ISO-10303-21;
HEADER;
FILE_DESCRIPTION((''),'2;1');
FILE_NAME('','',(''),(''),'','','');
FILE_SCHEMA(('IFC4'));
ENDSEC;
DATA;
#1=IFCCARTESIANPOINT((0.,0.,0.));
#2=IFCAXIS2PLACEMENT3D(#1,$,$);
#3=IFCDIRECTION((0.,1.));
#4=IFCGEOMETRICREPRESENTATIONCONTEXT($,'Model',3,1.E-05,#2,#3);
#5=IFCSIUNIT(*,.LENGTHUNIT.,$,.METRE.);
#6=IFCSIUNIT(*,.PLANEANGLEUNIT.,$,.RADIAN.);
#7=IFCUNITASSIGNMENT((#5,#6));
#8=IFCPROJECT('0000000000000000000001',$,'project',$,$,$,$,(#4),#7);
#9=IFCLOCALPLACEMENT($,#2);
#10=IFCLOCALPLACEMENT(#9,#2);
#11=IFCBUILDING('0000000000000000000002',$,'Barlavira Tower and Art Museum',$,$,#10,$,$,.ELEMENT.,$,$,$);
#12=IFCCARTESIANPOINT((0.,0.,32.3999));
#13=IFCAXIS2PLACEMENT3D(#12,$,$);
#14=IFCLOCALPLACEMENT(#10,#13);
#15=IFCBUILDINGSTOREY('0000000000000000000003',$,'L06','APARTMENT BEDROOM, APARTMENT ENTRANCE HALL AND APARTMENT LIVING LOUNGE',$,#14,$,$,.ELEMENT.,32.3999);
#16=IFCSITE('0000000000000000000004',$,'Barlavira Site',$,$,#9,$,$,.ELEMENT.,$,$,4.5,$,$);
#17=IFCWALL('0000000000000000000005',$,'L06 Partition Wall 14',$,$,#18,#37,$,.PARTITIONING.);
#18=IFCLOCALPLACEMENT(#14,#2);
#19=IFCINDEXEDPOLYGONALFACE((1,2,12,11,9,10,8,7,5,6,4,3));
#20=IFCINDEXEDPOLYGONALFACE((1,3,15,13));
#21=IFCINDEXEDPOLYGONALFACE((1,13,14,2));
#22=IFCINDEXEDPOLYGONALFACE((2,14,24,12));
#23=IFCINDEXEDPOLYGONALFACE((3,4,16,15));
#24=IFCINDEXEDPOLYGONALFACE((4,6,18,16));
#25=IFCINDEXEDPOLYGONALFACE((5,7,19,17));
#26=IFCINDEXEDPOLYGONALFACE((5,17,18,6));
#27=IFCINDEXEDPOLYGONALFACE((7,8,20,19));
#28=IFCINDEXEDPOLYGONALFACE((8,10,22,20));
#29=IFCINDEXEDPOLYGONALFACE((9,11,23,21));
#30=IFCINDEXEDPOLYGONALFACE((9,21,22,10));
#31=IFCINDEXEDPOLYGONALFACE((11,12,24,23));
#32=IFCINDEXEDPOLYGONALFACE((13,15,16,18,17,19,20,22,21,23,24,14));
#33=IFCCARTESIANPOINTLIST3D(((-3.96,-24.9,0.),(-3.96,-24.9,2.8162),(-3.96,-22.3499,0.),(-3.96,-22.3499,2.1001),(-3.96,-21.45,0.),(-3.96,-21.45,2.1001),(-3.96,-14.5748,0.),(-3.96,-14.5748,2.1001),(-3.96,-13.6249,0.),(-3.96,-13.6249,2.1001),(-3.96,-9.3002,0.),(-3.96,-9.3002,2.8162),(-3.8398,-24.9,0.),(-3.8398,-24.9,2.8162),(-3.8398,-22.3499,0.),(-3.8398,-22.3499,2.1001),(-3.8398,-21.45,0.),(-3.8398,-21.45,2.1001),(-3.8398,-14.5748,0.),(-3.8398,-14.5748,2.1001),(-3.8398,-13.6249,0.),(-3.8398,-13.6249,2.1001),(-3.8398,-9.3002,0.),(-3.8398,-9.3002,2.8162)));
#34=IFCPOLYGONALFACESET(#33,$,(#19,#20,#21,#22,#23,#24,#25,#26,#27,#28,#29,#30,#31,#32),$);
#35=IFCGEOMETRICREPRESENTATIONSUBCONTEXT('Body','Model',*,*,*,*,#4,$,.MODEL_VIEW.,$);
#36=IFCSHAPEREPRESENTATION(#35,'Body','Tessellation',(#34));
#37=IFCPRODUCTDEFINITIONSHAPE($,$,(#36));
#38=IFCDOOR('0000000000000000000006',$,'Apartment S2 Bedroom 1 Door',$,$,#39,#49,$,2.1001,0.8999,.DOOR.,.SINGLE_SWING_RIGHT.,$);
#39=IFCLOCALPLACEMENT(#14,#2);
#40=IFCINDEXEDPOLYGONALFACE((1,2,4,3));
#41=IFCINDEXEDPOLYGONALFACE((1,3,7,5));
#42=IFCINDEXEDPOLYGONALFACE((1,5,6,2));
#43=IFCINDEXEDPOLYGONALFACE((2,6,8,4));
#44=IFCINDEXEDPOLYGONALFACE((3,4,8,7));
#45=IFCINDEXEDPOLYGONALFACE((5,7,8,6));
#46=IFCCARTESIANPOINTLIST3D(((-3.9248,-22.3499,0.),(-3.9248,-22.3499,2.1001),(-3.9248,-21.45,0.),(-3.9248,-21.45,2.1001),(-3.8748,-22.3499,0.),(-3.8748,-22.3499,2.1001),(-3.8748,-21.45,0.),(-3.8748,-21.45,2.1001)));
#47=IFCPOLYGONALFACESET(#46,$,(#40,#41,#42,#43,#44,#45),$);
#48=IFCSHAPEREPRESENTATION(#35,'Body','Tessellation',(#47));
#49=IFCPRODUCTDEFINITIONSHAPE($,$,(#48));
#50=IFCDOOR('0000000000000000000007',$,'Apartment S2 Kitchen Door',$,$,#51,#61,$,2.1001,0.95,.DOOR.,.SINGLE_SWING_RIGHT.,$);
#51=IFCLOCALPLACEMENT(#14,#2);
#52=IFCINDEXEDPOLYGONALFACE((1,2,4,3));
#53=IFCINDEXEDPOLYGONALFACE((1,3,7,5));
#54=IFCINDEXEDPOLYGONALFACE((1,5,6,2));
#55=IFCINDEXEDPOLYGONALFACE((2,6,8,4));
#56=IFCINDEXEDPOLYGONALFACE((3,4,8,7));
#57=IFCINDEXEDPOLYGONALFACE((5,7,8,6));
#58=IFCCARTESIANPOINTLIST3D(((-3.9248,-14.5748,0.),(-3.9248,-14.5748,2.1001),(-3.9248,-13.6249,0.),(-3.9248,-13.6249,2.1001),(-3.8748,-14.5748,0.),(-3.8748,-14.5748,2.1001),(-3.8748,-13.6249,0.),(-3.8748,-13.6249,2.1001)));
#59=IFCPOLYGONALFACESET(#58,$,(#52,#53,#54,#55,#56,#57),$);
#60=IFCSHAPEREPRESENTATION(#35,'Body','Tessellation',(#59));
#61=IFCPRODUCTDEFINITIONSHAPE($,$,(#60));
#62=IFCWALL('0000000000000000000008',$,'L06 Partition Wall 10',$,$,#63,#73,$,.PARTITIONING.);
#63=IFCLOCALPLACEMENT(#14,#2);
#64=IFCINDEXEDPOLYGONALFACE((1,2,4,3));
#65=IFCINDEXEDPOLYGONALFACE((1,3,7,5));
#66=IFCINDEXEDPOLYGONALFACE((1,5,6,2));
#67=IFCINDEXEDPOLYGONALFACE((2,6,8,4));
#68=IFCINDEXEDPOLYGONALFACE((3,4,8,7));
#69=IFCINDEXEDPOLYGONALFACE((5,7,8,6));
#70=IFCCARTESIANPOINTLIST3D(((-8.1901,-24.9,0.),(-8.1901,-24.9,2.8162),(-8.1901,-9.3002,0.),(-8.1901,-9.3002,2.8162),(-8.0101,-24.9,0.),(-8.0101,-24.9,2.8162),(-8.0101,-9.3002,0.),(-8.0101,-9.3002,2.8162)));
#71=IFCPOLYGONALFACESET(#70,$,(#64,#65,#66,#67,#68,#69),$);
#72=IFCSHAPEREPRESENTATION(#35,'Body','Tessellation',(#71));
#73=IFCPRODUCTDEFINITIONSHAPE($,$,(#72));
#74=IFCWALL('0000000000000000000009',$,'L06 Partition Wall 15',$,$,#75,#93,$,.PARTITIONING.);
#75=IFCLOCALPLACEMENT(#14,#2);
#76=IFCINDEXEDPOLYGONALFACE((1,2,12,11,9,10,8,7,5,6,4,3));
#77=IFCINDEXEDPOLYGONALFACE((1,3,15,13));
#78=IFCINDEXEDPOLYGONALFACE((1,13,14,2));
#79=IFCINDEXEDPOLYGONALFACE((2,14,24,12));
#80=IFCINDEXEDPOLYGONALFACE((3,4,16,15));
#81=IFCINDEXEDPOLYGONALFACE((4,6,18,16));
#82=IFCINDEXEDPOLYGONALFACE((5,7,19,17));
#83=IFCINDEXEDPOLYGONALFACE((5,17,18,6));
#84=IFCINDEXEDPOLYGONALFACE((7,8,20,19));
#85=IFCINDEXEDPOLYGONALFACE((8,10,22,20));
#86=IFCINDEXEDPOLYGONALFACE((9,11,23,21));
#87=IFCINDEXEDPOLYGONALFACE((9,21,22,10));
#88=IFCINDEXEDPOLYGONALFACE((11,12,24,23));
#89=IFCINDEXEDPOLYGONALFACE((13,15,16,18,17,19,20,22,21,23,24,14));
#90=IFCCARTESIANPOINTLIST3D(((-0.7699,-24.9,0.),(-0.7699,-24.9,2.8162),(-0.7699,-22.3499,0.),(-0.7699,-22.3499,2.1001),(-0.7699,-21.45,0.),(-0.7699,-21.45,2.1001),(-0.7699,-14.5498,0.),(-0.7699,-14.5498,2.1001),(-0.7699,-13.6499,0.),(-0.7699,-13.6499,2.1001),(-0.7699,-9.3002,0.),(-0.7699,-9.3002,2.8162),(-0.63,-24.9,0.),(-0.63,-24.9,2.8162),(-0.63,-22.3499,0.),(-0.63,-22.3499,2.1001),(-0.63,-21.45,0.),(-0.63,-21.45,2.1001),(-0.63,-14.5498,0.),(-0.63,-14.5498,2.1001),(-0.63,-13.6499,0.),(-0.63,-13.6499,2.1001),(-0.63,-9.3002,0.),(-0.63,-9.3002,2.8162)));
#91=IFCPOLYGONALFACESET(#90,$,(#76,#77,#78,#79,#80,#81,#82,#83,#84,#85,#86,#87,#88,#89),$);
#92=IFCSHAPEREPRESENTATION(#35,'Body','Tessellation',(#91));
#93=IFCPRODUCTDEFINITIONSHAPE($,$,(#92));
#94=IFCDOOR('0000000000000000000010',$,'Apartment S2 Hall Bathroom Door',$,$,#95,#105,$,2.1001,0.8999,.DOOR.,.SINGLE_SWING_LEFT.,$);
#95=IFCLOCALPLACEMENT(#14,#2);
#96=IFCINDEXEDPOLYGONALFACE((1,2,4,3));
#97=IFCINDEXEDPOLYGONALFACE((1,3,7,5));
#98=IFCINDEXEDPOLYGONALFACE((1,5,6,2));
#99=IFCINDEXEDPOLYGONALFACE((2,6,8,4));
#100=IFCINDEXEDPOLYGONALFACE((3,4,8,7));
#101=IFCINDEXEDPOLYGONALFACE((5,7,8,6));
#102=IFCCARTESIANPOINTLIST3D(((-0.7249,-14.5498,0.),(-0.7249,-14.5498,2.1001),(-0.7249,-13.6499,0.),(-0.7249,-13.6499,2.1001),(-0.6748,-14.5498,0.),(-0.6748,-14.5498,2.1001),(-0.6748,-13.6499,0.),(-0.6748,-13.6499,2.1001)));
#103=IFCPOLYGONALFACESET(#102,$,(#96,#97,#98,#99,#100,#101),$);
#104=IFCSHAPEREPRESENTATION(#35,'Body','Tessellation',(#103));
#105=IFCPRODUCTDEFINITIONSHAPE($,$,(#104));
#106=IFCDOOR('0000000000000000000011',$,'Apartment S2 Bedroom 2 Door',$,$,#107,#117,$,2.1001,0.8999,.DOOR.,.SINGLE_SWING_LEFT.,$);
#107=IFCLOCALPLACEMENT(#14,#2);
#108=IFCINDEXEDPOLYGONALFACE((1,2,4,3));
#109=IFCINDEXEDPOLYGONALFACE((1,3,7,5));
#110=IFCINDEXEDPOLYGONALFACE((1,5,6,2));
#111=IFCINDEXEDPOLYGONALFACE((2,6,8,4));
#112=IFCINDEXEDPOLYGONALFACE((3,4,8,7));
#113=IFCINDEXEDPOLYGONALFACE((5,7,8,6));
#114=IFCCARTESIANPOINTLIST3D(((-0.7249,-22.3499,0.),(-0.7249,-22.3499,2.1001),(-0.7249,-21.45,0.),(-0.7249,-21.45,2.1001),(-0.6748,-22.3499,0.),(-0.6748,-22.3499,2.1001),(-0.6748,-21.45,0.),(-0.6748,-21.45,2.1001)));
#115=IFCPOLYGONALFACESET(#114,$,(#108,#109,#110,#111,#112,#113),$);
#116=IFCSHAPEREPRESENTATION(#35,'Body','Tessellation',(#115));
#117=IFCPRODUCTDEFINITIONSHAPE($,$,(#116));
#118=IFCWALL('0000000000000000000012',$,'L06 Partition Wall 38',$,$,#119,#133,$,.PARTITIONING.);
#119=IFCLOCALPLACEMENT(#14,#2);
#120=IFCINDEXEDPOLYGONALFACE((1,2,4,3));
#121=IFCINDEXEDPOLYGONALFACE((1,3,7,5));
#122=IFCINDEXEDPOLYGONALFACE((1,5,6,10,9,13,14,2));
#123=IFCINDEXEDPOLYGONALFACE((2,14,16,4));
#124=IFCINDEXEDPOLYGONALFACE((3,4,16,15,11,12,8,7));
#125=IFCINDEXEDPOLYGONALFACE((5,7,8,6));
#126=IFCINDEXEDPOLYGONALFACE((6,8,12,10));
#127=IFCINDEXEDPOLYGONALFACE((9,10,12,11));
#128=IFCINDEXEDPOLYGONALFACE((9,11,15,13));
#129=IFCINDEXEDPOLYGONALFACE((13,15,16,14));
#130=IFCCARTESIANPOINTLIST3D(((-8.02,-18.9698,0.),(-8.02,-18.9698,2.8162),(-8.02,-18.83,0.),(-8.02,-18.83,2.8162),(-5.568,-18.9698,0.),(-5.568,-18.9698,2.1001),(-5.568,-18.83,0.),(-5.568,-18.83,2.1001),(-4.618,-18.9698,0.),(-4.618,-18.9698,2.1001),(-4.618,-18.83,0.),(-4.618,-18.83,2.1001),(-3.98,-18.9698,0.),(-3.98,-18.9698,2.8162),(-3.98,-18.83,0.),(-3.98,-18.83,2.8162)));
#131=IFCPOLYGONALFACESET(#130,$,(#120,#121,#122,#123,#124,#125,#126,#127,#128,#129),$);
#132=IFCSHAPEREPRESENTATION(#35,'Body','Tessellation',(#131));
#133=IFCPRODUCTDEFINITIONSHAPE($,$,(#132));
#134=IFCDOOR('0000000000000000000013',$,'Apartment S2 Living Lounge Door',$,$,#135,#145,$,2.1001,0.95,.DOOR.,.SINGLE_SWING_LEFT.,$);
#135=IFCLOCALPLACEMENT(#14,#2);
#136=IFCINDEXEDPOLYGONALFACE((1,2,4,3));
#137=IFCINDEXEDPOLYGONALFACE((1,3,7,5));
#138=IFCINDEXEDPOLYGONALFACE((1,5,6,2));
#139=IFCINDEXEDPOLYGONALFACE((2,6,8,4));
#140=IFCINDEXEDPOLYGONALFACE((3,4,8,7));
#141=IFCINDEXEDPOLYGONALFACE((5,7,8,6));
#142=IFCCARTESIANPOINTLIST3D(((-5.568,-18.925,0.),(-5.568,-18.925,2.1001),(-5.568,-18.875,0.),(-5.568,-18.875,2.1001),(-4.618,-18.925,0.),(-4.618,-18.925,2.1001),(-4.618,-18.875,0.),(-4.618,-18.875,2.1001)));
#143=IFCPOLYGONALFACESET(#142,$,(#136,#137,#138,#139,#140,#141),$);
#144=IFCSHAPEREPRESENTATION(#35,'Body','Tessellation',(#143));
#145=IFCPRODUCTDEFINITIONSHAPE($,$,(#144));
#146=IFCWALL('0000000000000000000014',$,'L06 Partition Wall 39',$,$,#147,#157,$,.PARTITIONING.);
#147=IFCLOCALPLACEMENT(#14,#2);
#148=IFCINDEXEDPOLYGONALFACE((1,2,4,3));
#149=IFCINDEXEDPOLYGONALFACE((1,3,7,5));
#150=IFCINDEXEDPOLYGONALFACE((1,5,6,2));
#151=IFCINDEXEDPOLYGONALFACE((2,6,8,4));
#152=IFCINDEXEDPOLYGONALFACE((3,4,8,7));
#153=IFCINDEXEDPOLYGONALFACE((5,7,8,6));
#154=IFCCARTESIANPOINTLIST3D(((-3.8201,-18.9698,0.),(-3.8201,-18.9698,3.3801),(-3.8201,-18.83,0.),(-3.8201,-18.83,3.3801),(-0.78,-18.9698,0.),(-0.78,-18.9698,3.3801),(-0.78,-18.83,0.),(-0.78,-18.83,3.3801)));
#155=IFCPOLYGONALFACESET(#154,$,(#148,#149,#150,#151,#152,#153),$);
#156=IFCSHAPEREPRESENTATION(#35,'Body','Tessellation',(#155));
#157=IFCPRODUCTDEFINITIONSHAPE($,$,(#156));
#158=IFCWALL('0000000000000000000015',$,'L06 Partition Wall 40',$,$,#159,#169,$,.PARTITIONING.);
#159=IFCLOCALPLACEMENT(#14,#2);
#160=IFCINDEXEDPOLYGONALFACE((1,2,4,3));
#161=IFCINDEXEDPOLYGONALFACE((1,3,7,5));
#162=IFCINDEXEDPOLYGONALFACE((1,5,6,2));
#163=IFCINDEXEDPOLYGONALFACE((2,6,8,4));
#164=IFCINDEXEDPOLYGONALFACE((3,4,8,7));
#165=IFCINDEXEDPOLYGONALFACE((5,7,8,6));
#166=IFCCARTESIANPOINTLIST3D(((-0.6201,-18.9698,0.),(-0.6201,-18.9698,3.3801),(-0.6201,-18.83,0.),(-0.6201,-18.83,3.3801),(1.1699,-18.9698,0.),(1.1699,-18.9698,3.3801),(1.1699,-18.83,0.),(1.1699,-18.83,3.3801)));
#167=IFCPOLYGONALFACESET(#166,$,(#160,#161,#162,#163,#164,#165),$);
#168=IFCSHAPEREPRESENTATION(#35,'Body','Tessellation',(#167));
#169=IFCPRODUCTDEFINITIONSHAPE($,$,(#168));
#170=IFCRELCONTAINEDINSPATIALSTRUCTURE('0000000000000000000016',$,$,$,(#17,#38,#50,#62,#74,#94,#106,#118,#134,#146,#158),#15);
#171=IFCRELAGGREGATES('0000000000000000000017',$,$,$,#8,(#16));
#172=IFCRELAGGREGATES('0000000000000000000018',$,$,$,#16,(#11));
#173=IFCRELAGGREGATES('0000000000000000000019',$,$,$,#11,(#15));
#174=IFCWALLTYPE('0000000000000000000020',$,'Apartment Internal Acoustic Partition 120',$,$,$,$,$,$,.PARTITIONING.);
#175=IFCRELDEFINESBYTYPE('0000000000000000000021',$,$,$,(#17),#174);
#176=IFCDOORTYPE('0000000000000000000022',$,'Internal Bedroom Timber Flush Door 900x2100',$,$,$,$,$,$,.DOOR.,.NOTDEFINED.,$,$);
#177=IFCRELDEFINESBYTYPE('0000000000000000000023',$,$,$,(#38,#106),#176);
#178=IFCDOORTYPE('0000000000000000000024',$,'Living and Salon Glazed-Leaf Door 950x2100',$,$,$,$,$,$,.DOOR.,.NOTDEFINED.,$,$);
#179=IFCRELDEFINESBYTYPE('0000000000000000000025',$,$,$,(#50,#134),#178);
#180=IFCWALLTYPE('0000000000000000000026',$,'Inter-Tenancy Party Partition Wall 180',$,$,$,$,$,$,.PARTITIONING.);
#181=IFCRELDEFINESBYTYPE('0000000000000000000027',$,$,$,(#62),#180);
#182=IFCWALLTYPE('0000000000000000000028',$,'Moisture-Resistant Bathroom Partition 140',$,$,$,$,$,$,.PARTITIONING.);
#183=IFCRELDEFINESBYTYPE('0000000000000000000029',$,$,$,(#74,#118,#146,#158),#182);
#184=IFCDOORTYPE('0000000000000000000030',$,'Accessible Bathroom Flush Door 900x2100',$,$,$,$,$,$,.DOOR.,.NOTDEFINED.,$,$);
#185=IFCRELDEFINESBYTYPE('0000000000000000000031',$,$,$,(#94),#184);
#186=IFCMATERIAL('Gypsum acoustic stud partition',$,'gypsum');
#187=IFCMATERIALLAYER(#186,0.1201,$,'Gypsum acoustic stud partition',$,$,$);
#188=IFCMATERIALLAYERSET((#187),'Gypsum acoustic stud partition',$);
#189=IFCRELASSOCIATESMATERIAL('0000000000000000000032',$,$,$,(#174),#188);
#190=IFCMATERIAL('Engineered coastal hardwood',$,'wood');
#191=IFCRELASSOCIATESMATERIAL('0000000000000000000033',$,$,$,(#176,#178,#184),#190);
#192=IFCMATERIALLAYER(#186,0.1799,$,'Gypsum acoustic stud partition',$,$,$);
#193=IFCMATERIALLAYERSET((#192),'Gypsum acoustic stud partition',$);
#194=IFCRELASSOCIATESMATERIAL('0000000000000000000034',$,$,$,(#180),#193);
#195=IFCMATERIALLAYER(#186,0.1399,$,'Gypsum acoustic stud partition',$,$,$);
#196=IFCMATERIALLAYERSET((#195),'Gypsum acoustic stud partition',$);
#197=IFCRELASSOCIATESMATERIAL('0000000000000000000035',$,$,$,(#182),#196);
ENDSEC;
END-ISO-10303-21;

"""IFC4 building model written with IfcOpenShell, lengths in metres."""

from ifc_helpers import new_model, si_unit, direction, frame, frame_2d, origin, place, context, subcontext, project, spatial, rectangle, extrude, material, layer, layer_set, type_object, element, fill, save


model = new_model("IFC4")

# Units and contexts
model_context = context("Model", 3, precision=1e-05, world=origin(), true_north=direction((0.0, 1.0)))
body_context = subcontext(model_context, "Body", "Model", "MODEL_VIEW")
ifc_project = project(units=[si_unit("LENGTHUNIT", "METRE"), si_unit("PLANEANGLEUNIT", "RADIAN")], contexts=[model_context])

# Site, building, storey
site_placement = place(None, origin())
site = spatial("IfcSite", under=ifc_project, at=site_placement, Name="Barlavira Site", CompositionType="ELEMENT", RefElevation=4.5)
building_placement = place(site_placement, origin())
building = spatial("IfcBuilding", under=site, at=building_placement, Name="Barlavira Tower and Art Museum", CompositionType="ELEMENT")
storey_placement = place(building_placement, frame((0.0, 0.0, 32.3999)))
storey = spatial("IfcBuildingStorey", under=building, at=storey_placement, Name="L06", Description="APARTMENT BEDROOM, APARTMENT ENTRANCE HALL AND APARTMENT LIVING LOUNGE", CompositionType="ELEMENT", Elevation=32.3999)

# Wall, openings, doors
ifc_material_1 = material(Name="Gypsum acoustic stud partition", Category="gypsum")
ifc_layer_1 = layer(ifc_material_1, 0.1201, Name="Gypsum acoustic stud partition")
ifc_layer_set_1 = layer_set([ifc_layer_1], Name="Gypsum acoustic stud partition")
wall_type_1 = type_object("IfcWallType", Name="Apartment Internal Acoustic Partition 120", PredefinedType="PARTITIONING", material=ifc_layer_set_1)
wall_1_placement = place(storey_placement, frame((-3.8999, -24.8999, 0.0), z_axis=(0.0, 0.0, 1.0), x_axis=(0.0, 1.0, 0.0)))
wall_1 = element("IfcWall", 1, at=wall_1_placement, inside=storey, type_object=wall_type_1, Name="L06 Partition Wall 14", PredefinedType="PARTITIONING", context=body_context, shape_type="SweptSolid", body=[
    extrude(rectangle(XDim=15.5999, YDim=0.1201, at=frame_2d((7.7998, 0.0))), origin(), (0.0, 0.0, 1.0), 2.8162),
])
opening_1_placement = place(wall_1_placement, frame((10.325, 0.0, 0.0)))
opening_1 = element("IfcOpeningElement", 2, at=opening_1_placement, cuts=wall_1, PredefinedType="OPENING", context=body_context, shape_type="SweptSolid", body=[
    extrude(rectangle(XDim=0.95, YDim=2.1001, at=frame_2d((0.4751, 1.05))), frame((0.0, 0.0701, 0.0), z_axis=(0.0, -1.0, 0.0), x_axis=(1.0, 0.0, 0.0)), (0.0, 0.0, 1.0), 0.1401),
])
opening_2_placement = place(wall_1_placement, frame((2.55, 0.0, 0.0)))
opening_2 = element("IfcOpeningElement", 3, at=opening_2_placement, cuts=wall_1, PredefinedType="OPENING", context=body_context, shape_type="SweptSolid", body=[
    extrude(rectangle(XDim=0.8999, YDim=2.1001, at=frame_2d((0.45, 1.05))), frame((0.0, 0.0701, 0.0), z_axis=(0.0, -1.0, 0.0), x_axis=(1.0, 0.0, 0.0)), (0.0, 0.0, 1.0), 0.1401),
])
ifc_material_2 = material(Name="Engineered coastal hardwood", Category="wood")
door_type_1 = type_object("IfcDoorType", Name="Internal Bedroom Timber Flush Door 900x2100", OperationType="NOTDEFINED", PredefinedType="DOOR", material=ifc_material_2)
door_1_placement = place(opening_2_placement, origin())
door_1 = element("IfcDoor", 4, at=door_1_placement, inside=storey, type_object=door_type_1, Name="Apartment S2 Bedroom 1 Door", OperationType="SINGLE_SWING_RIGHT", OverallHeight=2.1001, OverallWidth=0.8999, PredefinedType="DOOR", context=body_context, shape_type="SweptSolid", body=[
    extrude(rectangle(XDim=0.8999, YDim=2.1001, at=frame_2d((0.45, 1.05))), frame((0.0, 0.0249, 0.0), z_axis=(0.0, -1.0, 0.0), x_axis=(1.0, 0.0, 0.0)), (0.0, 0.0, 1.0), 0.05),
])
fill(opening_2, door_1)
door_type_2 = type_object("IfcDoorType", Name="Living and Salon Glazed-Leaf Door 950x2100", OperationType="NOTDEFINED", PredefinedType="DOOR", material=ifc_material_2)
door_2_placement = place(opening_1_placement, origin())
door_2 = element("IfcDoor", 5, at=door_2_placement, inside=storey, type_object=door_type_2, Name="Apartment S2 Kitchen Door", OperationType="SINGLE_SWING_RIGHT", OverallHeight=2.1001, OverallWidth=0.95, PredefinedType="DOOR", context=body_context, shape_type="SweptSolid", body=[
    extrude(rectangle(XDim=0.95, YDim=2.1001, at=frame_2d((0.4751, 1.05))), frame((0.0, 0.0249, 0.0), z_axis=(0.0, -1.0, 0.0), x_axis=(1.0, 0.0, 0.0)), (0.0, 0.0, 1.0), 0.05),
])
fill(opening_1, door_2)

# Wall
ifc_layer_2 = layer(ifc_material_1, 0.1799, Name="Gypsum acoustic stud partition")
ifc_layer_set_2 = layer_set([ifc_layer_2], Name="Gypsum acoustic stud partition")
wall_type_2 = type_object("IfcWallType", Name="Inter-Tenancy Party Partition Wall 180", PredefinedType="PARTITIONING", material=ifc_layer_set_2)
wall_2_placement = place(storey_placement, frame((-8.1001, -24.8999, 0.0), z_axis=(0.0, 0.0, 1.0), x_axis=(0.0, 1.0, 0.0)))
element("IfcWall", 6, at=wall_2_placement, inside=storey, type_object=wall_type_2, Name="L06 Partition Wall 10", PredefinedType="PARTITIONING", context=body_context, shape_type="SweptSolid", body=[
    extrude(rectangle(XDim=15.5999, YDim=0.1799, at=frame_2d((7.7998, 0.0))), origin(), (0.0, 0.0, 1.0), 2.8162),
])

# Wall, openings, doors
ifc_layer_3 = layer(ifc_material_1, 0.1399, Name="Gypsum acoustic stud partition")
ifc_layer_set_3 = layer_set([ifc_layer_3], Name="Gypsum acoustic stud partition")
wall_type_3 = type_object("IfcWallType", Name="Moisture-Resistant Bathroom Partition 140", PredefinedType="PARTITIONING", material=ifc_layer_set_3)
wall_3_placement = place(storey_placement, frame((-0.7, -24.8999, 0.0), z_axis=(0.0, 0.0, 1.0), x_axis=(0.0, 1.0, 0.0)))
wall_3 = element("IfcWall", 7, at=wall_3_placement, inside=storey, type_object=wall_type_3, Name="L06 Partition Wall 15", PredefinedType="PARTITIONING", context=body_context, shape_type="SweptSolid", body=[
    extrude(rectangle(XDim=15.5999, YDim=0.1399, at=frame_2d((7.7998, 0.0))), origin(), (0.0, 0.0, 1.0), 2.8162),
])
opening_3_placement = place(wall_3_placement, frame((10.3501, 0.0, 0.0)))
opening_3 = element("IfcOpeningElement", 8, at=opening_3_placement, cuts=wall_3, PredefinedType="OPENING", context=body_context, shape_type="SweptSolid", body=[
    extrude(rectangle(XDim=0.8999, YDim=2.1001, at=frame_2d((0.45, 1.05))), frame((0.0, 0.0801, 0.0), z_axis=(0.0, -1.0, 0.0), x_axis=(1.0, 0.0, 0.0)), (0.0, 0.0, 1.0), 0.1599),
])
opening_4_placement = place(wall_3_placement, frame((2.55, 0.0, 0.0)))
opening_4 = element("IfcOpeningElement", 9, at=opening_4_placement, cuts=wall_3, PredefinedType="OPENING", context=body_context, shape_type="SweptSolid", body=[
    extrude(rectangle(XDim=0.8999, YDim=2.1001, at=frame_2d((0.45, 1.05))), frame((0.0, 0.0801, 0.0), z_axis=(0.0, -1.0, 0.0), x_axis=(1.0, 0.0, 0.0)), (0.0, 0.0, 1.0), 0.1599),
])
door_type_3 = type_object("IfcDoorType", Name="Accessible Bathroom Flush Door 900x2100", OperationType="NOTDEFINED", PredefinedType="DOOR", material=ifc_material_2)
door_3_placement = place(opening_3_placement, origin())
door_3 = element("IfcDoor", 10, at=door_3_placement, inside=storey, type_object=door_type_3, Name="Apartment S2 Hall Bathroom Door", OperationType="SINGLE_SWING_LEFT", OverallHeight=2.1001, OverallWidth=0.8999, PredefinedType="DOOR", context=body_context, shape_type="SweptSolid", body=[
    extrude(rectangle(XDim=0.8999, YDim=2.1001, at=frame_2d((0.45, 1.05))), frame((0.0, 0.0249, 0.0), z_axis=(0.0, -1.0, 0.0), x_axis=(1.0, 0.0, 0.0)), (0.0, 0.0, 1.0), 0.05),
])
fill(opening_3, door_3)
door_4_placement = place(opening_4_placement, origin())
door_4 = element("IfcDoor", 11, at=door_4_placement, inside=storey, type_object=door_type_1, Name="Apartment S2 Bedroom 2 Door", OperationType="SINGLE_SWING_LEFT", OverallHeight=2.1001, OverallWidth=0.8999, PredefinedType="DOOR", context=body_context, shape_type="SweptSolid", body=[
    extrude(rectangle(XDim=0.8999, YDim=2.1001, at=frame_2d((0.45, 1.05))), frame((0.0, 0.0249, 0.0), z_axis=(0.0, -1.0, 0.0), x_axis=(1.0, 0.0, 0.0)), (0.0, 0.0, 1.0), 0.05),
])
fill(opening_4, door_4)

# Wall, opening, door
wall_4_placement = place(storey_placement, frame((-8.02, -18.8999, 0.0), z_axis=(0.0, 0.0, 1.0), x_axis=(1.0, 0.0, 0.0)))
wall_4 = element("IfcWall", 12, at=wall_4_placement, inside=storey, type_object=wall_type_3, Name="L06 Partition Wall 38", PredefinedType="PARTITIONING", context=body_context, shape_type="SweptSolid", body=[
    extrude(rectangle(XDim=4.04, YDim=0.1399, at=frame_2d((2.02, 0.0))), origin(), (0.0, 0.0, 1.0), 2.8162),
])
opening_5_placement = place(wall_4_placement, frame((2.4519, 0.0, 0.0)))
opening_5 = element("IfcOpeningElement", 13, at=opening_5_placement, cuts=wall_4, PredefinedType="OPENING", context=body_context, shape_type="SweptSolid", body=[
    extrude(rectangle(XDim=0.95, YDim=2.1001, at=frame_2d((0.4751, 1.05))), frame((0.0, 0.0801, 0.0), z_axis=(0.0, -1.0, 0.0), x_axis=(1.0, 0.0, 0.0)), (0.0, 0.0, 1.0), 0.1599),
])
door_5_placement = place(opening_5_placement, origin())
door_5 = element("IfcDoor", 14, at=door_5_placement, inside=storey, type_object=door_type_2, Name="Apartment S2 Living Lounge Door", OperationType="SINGLE_SWING_LEFT", OverallHeight=2.1001, OverallWidth=0.95, PredefinedType="DOOR", context=body_context, shape_type="SweptSolid", body=[
    extrude(rectangle(XDim=0.95, YDim=2.1001, at=frame_2d((0.4751, 1.05))), frame((0.0, 0.0249, 0.0), z_axis=(0.0, -1.0, 0.0), x_axis=(1.0, 0.0, 0.0)), (0.0, 0.0, 1.0), 0.05),
])
fill(opening_5, door_5)

# Walls
wall_5_placement = place(storey_placement, frame((-3.8201, -18.8999, 0.0), z_axis=(0.0, 0.0, 1.0), x_axis=(1.0, 0.0, 0.0)))
element("IfcWall", 15, at=wall_5_placement, inside=storey, type_object=wall_type_3, Name="L06 Partition Wall 39", PredefinedType="PARTITIONING", context=body_context, shape_type="SweptSolid", body=[
    extrude(rectangle(XDim=3.04, YDim=0.1399, at=frame_2d((1.52, 0.0))), origin(), (0.0, 0.0, 1.0), 3.3801),
])
wall_6_placement = place(storey_placement, frame((-0.6201, -18.8999, 0.0), z_axis=(0.0, 0.0, 1.0), x_axis=(1.0, 0.0, 0.0)))
element("IfcWall", 16, at=wall_6_placement, inside=storey, type_object=wall_type_3, Name="L06 Partition Wall 40", PredefinedType="PARTITIONING", context=body_context, shape_type="SweptSolid", body=[
    extrude(rectangle(XDim=1.79, YDim=0.1399, at=frame_2d((0.895, 0.0))), origin(), (0.0, 0.0, 1.0), 3.3801),
])

save(model, "model.ifc")
